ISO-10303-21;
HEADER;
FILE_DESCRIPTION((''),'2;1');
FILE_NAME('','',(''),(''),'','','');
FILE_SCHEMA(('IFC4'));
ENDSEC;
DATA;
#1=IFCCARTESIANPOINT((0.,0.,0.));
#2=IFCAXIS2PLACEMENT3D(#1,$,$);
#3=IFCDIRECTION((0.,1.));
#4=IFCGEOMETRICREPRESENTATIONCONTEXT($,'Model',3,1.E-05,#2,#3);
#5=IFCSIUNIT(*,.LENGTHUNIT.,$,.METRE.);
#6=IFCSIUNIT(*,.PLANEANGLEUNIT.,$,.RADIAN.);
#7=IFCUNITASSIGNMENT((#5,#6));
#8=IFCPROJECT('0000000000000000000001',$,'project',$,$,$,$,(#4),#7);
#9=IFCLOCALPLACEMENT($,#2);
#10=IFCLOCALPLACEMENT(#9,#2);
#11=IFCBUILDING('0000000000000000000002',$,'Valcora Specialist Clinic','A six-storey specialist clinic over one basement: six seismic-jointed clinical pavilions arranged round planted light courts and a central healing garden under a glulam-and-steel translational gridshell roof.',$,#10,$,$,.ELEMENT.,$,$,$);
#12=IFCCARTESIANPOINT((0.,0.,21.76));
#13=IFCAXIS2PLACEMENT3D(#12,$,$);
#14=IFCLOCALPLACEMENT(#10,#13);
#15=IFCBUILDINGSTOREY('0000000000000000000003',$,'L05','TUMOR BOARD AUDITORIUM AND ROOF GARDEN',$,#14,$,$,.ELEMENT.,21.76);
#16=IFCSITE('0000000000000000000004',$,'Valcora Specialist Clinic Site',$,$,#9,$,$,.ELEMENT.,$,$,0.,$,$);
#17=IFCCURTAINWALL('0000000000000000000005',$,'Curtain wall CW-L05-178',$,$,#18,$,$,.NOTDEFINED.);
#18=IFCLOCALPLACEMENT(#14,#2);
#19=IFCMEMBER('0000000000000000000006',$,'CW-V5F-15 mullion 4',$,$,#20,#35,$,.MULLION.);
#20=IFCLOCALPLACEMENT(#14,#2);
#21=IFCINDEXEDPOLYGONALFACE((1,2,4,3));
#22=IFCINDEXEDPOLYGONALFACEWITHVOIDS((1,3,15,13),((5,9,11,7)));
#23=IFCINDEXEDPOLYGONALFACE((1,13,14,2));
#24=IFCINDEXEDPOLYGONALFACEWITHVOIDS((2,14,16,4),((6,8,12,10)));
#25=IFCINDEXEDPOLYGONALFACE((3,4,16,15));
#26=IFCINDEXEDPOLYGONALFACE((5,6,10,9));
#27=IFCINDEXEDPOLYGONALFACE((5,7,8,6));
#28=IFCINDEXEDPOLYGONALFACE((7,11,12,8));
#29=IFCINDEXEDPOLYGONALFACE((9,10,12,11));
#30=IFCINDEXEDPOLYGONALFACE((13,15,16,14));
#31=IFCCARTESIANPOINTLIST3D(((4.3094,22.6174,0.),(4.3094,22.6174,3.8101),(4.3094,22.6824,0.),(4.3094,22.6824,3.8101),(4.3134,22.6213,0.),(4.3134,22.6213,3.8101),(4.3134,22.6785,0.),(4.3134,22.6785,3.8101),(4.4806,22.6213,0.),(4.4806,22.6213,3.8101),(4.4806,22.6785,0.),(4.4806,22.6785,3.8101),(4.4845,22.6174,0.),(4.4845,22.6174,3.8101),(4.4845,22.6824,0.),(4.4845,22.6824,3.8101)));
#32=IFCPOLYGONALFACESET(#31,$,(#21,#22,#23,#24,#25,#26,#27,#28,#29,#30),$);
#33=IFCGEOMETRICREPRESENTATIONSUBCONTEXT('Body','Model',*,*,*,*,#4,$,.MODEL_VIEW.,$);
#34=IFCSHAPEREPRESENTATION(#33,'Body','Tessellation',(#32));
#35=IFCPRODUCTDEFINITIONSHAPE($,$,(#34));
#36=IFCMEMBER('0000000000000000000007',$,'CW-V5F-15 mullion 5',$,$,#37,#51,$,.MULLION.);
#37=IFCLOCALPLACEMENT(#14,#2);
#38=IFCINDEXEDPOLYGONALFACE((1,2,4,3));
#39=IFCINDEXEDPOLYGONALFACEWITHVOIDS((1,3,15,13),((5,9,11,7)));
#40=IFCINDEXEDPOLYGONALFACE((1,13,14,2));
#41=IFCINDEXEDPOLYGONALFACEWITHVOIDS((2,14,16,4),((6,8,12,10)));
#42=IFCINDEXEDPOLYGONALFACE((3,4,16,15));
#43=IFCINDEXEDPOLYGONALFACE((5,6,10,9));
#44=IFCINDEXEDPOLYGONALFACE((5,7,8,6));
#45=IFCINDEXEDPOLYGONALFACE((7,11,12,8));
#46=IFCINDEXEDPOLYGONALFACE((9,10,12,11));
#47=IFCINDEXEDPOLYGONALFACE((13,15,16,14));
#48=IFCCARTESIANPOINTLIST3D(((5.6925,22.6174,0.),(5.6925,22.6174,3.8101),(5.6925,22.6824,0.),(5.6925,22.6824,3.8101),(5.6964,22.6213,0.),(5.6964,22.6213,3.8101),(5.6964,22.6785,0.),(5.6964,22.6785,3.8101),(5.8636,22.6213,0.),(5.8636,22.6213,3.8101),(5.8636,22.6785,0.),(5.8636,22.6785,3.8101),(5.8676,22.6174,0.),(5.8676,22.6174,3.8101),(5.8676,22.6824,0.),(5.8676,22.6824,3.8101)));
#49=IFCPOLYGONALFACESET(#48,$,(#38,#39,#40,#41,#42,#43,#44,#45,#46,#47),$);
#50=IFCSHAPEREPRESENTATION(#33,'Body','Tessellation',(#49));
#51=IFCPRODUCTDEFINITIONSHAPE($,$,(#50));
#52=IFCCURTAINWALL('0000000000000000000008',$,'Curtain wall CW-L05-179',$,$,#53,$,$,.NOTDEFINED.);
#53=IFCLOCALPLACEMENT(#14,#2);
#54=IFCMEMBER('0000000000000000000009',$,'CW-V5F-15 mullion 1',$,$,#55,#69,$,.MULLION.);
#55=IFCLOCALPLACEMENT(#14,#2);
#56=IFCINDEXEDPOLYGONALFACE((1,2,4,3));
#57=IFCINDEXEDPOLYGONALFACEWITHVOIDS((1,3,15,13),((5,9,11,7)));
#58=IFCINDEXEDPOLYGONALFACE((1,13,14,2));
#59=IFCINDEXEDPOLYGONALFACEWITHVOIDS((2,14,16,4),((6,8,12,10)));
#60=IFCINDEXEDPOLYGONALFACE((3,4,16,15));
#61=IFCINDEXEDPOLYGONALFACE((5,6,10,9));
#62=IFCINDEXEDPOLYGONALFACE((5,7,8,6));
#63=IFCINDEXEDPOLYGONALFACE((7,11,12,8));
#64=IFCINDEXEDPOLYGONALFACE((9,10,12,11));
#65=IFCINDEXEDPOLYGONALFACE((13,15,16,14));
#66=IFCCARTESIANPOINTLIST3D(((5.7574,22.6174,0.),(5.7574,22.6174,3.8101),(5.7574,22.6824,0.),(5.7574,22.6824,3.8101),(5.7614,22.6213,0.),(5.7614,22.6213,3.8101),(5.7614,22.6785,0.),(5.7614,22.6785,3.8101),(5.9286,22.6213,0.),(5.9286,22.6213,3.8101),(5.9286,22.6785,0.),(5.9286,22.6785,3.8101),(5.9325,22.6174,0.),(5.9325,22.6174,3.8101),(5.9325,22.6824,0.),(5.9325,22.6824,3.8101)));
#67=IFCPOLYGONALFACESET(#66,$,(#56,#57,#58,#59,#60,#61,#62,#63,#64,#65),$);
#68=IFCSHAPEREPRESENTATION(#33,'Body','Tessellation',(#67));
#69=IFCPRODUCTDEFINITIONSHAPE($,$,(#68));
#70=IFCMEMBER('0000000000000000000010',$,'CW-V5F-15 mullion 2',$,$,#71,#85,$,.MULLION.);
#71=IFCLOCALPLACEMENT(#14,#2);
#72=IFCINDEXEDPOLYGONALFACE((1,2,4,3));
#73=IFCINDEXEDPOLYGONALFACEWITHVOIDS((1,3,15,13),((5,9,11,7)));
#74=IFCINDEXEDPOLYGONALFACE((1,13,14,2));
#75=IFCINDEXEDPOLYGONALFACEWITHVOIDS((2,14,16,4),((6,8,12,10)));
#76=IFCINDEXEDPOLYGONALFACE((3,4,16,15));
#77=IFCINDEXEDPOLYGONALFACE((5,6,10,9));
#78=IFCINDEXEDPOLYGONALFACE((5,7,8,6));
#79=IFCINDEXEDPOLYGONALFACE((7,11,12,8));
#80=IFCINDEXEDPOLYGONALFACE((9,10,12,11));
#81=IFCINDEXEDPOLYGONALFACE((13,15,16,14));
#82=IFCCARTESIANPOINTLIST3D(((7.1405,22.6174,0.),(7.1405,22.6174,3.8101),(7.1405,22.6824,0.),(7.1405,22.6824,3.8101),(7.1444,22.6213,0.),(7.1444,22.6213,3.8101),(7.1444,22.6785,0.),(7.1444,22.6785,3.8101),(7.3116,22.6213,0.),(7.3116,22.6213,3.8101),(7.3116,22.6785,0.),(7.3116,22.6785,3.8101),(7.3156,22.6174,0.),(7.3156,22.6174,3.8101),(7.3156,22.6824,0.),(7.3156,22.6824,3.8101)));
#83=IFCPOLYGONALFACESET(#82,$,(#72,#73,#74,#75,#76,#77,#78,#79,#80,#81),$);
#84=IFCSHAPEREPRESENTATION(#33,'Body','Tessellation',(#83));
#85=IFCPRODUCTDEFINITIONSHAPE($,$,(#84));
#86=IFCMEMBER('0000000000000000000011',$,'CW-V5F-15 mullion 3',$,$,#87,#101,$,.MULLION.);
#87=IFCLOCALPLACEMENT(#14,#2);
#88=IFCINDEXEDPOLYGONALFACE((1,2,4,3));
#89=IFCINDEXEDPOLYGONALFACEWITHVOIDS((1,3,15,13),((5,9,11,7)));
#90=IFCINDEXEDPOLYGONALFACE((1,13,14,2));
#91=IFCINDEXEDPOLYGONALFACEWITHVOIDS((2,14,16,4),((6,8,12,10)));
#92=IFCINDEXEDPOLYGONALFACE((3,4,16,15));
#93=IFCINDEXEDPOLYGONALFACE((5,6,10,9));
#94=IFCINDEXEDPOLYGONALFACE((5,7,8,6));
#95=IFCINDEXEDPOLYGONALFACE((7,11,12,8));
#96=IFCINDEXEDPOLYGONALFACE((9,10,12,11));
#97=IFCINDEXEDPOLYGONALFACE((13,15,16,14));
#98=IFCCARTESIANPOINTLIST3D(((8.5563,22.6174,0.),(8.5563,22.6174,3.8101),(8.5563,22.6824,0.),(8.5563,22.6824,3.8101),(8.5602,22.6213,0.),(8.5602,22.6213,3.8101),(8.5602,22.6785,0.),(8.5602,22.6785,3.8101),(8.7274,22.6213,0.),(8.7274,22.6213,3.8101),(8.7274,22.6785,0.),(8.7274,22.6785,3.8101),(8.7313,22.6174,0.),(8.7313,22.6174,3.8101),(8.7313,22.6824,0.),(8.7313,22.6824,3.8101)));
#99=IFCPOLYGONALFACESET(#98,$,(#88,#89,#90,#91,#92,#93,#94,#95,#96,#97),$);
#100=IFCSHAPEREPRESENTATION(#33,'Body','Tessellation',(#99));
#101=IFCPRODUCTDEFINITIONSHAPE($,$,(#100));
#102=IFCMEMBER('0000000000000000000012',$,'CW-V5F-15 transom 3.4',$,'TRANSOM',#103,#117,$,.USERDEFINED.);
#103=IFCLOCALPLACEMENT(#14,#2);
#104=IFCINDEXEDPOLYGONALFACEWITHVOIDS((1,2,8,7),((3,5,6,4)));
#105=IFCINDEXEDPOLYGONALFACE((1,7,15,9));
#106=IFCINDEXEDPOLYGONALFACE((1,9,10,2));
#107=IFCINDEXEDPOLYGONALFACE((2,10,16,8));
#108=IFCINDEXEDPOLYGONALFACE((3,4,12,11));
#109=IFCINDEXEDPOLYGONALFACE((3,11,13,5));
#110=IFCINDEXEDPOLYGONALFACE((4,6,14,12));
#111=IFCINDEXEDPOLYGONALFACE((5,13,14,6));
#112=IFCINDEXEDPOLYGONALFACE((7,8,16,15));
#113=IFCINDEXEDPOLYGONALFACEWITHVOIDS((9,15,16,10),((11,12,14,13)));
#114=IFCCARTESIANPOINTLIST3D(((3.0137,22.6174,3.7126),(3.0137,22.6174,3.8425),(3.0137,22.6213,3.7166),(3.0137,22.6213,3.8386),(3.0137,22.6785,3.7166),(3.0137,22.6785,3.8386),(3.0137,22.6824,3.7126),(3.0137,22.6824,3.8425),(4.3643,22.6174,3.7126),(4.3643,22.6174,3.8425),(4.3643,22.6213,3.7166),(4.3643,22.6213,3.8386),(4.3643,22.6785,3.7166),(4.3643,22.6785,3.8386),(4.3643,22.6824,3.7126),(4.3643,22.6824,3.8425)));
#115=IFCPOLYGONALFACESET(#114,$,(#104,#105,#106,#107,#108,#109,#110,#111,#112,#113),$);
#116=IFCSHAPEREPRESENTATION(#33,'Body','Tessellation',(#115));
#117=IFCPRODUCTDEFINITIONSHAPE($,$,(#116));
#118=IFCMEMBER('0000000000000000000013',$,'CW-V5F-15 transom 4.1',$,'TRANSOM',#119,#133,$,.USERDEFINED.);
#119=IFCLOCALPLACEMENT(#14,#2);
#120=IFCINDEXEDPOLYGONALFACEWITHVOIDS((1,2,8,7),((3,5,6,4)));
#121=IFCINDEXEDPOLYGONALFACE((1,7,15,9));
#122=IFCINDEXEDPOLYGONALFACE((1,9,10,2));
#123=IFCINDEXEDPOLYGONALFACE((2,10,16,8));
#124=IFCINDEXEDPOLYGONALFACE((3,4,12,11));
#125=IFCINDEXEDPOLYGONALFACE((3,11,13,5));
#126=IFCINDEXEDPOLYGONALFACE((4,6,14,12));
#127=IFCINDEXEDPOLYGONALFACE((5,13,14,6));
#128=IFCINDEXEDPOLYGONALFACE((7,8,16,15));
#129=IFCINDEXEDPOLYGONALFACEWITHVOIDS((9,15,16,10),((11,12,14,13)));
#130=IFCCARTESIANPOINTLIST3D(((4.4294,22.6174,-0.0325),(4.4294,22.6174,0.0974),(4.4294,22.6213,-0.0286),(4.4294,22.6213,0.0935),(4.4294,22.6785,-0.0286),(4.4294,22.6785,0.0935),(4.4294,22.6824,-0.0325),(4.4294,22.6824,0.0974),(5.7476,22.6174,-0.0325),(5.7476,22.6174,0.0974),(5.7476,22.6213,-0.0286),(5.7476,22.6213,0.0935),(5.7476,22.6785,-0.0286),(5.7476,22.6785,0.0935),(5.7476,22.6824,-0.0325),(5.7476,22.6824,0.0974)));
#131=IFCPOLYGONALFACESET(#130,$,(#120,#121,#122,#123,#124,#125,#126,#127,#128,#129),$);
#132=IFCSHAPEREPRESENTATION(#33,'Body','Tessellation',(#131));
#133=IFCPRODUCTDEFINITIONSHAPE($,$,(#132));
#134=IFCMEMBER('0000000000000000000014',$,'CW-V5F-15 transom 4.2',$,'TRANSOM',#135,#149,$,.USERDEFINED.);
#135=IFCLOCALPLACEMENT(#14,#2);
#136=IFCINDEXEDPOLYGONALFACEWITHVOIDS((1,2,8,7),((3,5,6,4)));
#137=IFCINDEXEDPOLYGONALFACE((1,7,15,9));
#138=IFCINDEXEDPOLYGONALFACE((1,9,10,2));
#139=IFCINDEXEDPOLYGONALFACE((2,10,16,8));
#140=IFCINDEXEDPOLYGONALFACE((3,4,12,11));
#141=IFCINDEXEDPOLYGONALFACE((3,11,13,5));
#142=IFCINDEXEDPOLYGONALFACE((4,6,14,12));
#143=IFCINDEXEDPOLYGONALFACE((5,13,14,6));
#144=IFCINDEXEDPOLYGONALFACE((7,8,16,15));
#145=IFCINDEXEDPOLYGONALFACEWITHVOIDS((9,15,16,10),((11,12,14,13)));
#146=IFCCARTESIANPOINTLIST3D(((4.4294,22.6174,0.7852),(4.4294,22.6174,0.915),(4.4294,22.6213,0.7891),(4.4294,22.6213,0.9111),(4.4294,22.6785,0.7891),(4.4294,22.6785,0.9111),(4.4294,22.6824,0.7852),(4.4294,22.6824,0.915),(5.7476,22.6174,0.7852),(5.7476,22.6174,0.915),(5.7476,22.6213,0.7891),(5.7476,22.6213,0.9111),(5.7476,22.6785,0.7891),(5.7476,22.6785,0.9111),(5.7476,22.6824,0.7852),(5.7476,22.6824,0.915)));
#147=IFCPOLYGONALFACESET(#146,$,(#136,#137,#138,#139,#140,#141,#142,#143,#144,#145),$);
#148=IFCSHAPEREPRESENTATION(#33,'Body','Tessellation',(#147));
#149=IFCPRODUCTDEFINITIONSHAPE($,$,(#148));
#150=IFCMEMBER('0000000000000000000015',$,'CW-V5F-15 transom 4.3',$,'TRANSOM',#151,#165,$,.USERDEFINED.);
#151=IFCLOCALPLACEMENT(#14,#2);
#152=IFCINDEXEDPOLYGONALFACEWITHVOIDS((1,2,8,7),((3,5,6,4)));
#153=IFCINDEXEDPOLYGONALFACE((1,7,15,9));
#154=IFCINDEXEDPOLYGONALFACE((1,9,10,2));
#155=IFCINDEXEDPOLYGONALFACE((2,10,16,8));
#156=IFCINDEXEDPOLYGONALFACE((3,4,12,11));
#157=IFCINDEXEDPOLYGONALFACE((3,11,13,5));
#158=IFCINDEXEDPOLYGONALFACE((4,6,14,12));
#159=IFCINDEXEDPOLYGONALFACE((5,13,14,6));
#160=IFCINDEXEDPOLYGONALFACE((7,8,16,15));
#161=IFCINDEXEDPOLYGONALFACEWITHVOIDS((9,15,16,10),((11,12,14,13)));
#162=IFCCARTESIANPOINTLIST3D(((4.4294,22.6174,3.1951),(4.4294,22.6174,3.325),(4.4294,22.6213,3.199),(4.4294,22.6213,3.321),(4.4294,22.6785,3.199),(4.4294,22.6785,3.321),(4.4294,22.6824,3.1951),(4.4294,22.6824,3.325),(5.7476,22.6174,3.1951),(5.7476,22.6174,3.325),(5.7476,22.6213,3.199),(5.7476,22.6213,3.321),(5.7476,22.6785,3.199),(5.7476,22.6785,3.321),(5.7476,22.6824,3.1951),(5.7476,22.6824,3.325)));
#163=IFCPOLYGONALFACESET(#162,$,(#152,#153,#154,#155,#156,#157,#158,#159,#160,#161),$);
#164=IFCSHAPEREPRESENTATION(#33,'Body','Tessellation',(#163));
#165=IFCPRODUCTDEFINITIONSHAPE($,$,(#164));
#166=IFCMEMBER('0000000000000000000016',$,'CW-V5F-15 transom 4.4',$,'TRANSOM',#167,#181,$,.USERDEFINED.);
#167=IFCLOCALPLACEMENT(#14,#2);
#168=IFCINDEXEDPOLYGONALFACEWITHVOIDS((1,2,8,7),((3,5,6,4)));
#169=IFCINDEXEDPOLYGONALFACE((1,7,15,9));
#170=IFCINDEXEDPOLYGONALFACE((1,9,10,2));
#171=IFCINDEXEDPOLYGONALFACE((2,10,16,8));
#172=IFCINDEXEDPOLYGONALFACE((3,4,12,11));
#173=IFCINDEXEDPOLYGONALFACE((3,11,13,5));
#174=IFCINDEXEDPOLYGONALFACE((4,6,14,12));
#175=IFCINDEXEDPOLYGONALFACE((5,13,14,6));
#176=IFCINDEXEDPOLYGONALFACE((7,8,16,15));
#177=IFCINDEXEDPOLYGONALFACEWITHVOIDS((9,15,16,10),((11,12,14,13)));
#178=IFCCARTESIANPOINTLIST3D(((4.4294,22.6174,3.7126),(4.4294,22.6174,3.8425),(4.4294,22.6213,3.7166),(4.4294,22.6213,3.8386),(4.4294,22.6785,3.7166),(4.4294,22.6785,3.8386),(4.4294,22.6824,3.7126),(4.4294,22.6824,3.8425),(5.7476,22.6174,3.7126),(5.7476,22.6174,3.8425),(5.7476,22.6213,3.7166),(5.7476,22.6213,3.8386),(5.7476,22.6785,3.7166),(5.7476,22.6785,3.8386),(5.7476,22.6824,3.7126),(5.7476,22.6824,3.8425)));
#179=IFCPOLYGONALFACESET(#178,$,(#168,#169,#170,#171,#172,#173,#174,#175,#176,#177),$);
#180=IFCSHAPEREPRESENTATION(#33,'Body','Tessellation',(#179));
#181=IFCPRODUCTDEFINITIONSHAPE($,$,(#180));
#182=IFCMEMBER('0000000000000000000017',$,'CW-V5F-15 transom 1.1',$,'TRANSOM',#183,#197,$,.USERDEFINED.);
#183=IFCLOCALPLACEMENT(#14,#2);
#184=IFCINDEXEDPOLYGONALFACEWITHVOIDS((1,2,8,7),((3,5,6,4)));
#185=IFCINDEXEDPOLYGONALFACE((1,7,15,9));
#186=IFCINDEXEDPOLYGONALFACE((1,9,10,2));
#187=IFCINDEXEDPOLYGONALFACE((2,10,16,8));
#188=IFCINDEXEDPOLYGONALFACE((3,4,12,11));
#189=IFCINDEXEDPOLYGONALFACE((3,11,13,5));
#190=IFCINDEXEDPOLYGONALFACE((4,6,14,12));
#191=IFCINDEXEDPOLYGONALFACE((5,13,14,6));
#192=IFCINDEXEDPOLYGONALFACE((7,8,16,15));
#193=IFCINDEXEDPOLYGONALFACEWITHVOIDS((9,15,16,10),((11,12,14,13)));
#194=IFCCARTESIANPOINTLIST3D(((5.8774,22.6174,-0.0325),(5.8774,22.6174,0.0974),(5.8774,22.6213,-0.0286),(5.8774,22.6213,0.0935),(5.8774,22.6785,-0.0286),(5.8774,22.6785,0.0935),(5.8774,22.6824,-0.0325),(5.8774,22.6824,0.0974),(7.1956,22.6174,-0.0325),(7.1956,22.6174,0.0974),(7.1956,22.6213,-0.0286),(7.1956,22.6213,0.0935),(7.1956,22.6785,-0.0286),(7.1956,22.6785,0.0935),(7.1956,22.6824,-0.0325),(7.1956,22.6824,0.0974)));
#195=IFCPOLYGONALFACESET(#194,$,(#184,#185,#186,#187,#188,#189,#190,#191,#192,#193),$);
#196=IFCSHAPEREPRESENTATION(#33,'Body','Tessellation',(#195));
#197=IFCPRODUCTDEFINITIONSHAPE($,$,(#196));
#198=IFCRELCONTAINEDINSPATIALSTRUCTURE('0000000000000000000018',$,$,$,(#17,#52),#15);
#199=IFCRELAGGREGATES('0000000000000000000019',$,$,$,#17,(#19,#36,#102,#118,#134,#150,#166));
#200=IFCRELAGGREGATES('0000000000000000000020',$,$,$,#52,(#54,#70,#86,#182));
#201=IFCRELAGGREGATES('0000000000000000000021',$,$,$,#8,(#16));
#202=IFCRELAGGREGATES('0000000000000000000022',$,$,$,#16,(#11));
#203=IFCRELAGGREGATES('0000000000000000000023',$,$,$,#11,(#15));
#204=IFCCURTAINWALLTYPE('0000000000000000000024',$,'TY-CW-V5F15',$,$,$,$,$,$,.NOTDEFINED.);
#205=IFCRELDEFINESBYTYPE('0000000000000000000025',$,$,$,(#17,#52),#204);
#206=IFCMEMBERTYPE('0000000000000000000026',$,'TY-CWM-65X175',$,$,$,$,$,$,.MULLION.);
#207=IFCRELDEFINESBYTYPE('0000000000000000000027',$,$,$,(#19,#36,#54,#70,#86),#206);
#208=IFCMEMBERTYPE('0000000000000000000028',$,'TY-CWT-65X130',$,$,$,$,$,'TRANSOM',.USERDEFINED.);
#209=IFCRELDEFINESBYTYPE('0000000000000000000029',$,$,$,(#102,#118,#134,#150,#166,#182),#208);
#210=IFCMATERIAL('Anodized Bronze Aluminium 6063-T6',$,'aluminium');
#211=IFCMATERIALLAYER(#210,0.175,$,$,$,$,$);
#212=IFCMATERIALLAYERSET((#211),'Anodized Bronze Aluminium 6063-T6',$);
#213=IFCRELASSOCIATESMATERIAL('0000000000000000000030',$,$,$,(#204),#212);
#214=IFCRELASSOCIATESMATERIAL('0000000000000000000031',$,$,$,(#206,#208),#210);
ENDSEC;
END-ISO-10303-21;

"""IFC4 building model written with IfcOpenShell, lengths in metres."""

from ifc_helpers import new_model, si_unit, direction, frame, origin, origin_2d, place, context, subcontext, project, spatial, hollow_rectangle, extrude, material, layer, layer_set, material_profile, profile_set, type_object, element, aggregate, save


model = new_model("IFC4")

# Units and contexts
model_context = context("Model", 3, precision=1e-05, world=origin(), true_north=direction((0.0, 1.0)))
body_context = subcontext(model_context, "Body", "Model", "MODEL_VIEW")
ifc_project = project(units=[si_unit("LENGTHUNIT", "METRE"), si_unit("PLANEANGLEUNIT", "RADIAN")], contexts=[model_context])

# Site, building, storey
site_placement = place(None, origin())
site = spatial("IfcSite", under=ifc_project, at=site_placement, Name="Valcora Specialist Clinic Site", CompositionType="ELEMENT", RefElevation=0.0)
building_placement = place(site_placement, origin())
building = spatial("IfcBuilding", under=site, at=building_placement, Name="Valcora Specialist Clinic", Description="A six-storey specialist clinic over one basement: six seismic-jointed clinical pavilions arranged round planted light courts and a central healing garden under a glulam-and-steel translational gridshell roof.", CompositionType="ELEMENT")
storey_placement = place(building_placement, frame((0.0, 0.0, 21.76)))
storey = spatial("IfcBuildingStorey", under=building, at=storey_placement, Name="L05", Description="TUMOR BOARD AUDITORIUM AND ROOF GARDEN", CompositionType="ELEMENT", Elevation=21.76)

# Curtain walls, members
ifc_material_1 = material(Name="Anodized Bronze Aluminium 6063-T6", Category="aluminium")
ifc_layer_1 = layer(ifc_material_1, 0.175)
ifc_layer_set_1 = layer_set([ifc_layer_1], Name="Anodized Bronze Aluminium 6063-T6")
curtain_wall_type = type_object("IfcCurtainWallType", Name="TY-CW-V5F15", PredefinedType="NOTDEFINED", material=ifc_layer_set_1)
curtain_wall_1_placement = place(storey_placement, origin())
curtain_wall_1 = element("IfcCurtainWall", 1, at=curtain_wall_1_placement, inside=storey, type_object=curtain_wall_type, Name="Curtain wall CW-L05-178", PredefinedType="NOTDEFINED")
ifc_material_profile_1 = material_profile(ifc_material_1, hollow_rectangle(XDim=0.0649, YDim=0.175, WallThickness=0.0039, at=origin_2d()), Name="AL-MUL-65X175")
ifc_profile_set_1 = profile_set([ifc_material_profile_1], Name="Anodized Bronze Aluminium 6063-T6")
member_type_1 = type_object("IfcMemberType", Name="TY-CWM-65X175", PredefinedType="MULLION", material=ifc_profile_set_1)
member_1_placement = place(storey_placement, frame((4.397, 22.6499, 0.0), z_axis=(0.0, 0.0, 1.0), x_axis=(0.0, 1.0, 0.0)))
member_1 = element("IfcMember", 2, at=member_1_placement, type_object=member_type_1, Name="CW-V5F-15 mullion 4", PredefinedType="MULLION", context=body_context, shape_type="SweptSolid", body=[
    extrude(hollow_rectangle(XDim=0.0649, YDim=0.175, WallThickness=0.0039, at=origin_2d()), origin(), (0.0, 0.0, 1.0), 3.8101),
])
member_2_placement = place(storey_placement, frame((5.78, 22.6499, 0.0), z_axis=(0.0, 0.0, 1.0), x_axis=(0.0, 1.0, 0.0)))
member_2 = element("IfcMember", 3, at=member_2_placement, type_object=member_type_1, Name="CW-V5F-15 mullion 5", PredefinedType="MULLION", context=body_context, shape_type="SweptSolid", body=[
    extrude(hollow_rectangle(XDim=0.0649, YDim=0.175, WallThickness=0.0039, at=origin_2d()), origin(), (0.0, 0.0, 1.0), 3.8101),
])
curtain_wall_2_placement = place(storey_placement, origin())
curtain_wall_2 = element("IfcCurtainWall", 4, at=curtain_wall_2_placement, inside=storey, type_object=curtain_wall_type, Name="Curtain wall CW-L05-179", PredefinedType="NOTDEFINED")
member_3_placement = place(storey_placement, frame((5.845, 22.6499, 0.0), z_axis=(0.0, 0.0, 1.0), x_axis=(0.0, 1.0, 0.0)))
member_3 = element("IfcMember", 5, at=member_3_placement, type_object=member_type_1, Name="CW-V5F-15 mullion 1", PredefinedType="MULLION", context=body_context, shape_type="SweptSolid", body=[
    extrude(hollow_rectangle(XDim=0.0649, YDim=0.175, WallThickness=0.0039, at=origin_2d()), origin(), (0.0, 0.0, 1.0), 3.8101),
])
member_4_placement = place(storey_placement, frame((7.228, 22.6499, 0.0), z_axis=(0.0, 0.0, 1.0), x_axis=(0.0, 1.0, 0.0)))
member_4 = element("IfcMember", 6, at=member_4_placement, type_object=member_type_1, Name="CW-V5F-15 mullion 2", PredefinedType="MULLION", context=body_context, shape_type="SweptSolid", body=[
    extrude(hollow_rectangle(XDim=0.0649, YDim=0.175, WallThickness=0.0039, at=origin_2d()), origin(), (0.0, 0.0, 1.0), 3.8101),
])
member_5_placement = place(storey_placement, frame((8.6438, 22.6499, 0.0), z_axis=(0.0, 0.0, 1.0), x_axis=(0.0, 1.0, 0.0)))
member_5 = element("IfcMember", 7, at=member_5_placement, type_object=member_type_1, Name="CW-V5F-15 mullion 3", PredefinedType="MULLION", context=body_context, shape_type="SweptSolid", body=[
    extrude(hollow_rectangle(XDim=0.0649, YDim=0.175, WallThickness=0.0039, at=origin_2d()), origin(), (0.0, 0.0, 1.0), 3.8101),
])

# Members
ifc_material_profile_2 = material_profile(ifc_material_1, hollow_rectangle(XDim=0.0649, YDim=0.1299, WallThickness=0.0039, at=origin_2d()), Name="AL-TRN-65X130")
ifc_profile_set_2 = profile_set([ifc_material_profile_2], Name="Anodized Bronze Aluminium 6063-T6")
member_type_2 = type_object("IfcMemberType", Name="TY-CWT-65X130", ElementType="TRANSOM", PredefinedType="USERDEFINED", material=ifc_profile_set_2)
member_6_placement = place(storey_placement, frame((3.0137, 22.6499, 3.7776), z_axis=(1.0, 0.0, 0.0), x_axis=(0.0, 1.0, 0.0)))
member_6 = element("IfcMember", 8, at=member_6_placement, type_object=member_type_2, Name="CW-V5F-15 transom 3.4", ObjectType="TRANSOM", PredefinedType="USERDEFINED", context=body_context, shape_type="SweptSolid", body=[
    extrude(hollow_rectangle(XDim=0.0649, YDim=0.1299, WallThickness=0.0039, at=origin_2d()), origin(), (0.0, 0.0, 1.0), 1.3506),
])
member_7_placement = place(storey_placement, frame((4.4294, 22.6499, 0.0325), z_axis=(1.0, 0.0, 0.0), x_axis=(0.0, 1.0, 0.0)))
member_7 = element("IfcMember", 9, at=member_7_placement, type_object=member_type_2, Name="CW-V5F-15 transom 4.1", ObjectType="TRANSOM", PredefinedType="USERDEFINED", context=body_context, shape_type="SweptSolid", body=[
    extrude(hollow_rectangle(XDim=0.0649, YDim=0.1299, WallThickness=0.0039, at=origin_2d()), origin(), (0.0, 0.0, 1.0), 1.3181),
])
member_8_placement = place(storey_placement, frame((4.4294, 22.6499, 0.8501), z_axis=(1.0, 0.0, 0.0), x_axis=(0.0, 1.0, 0.0)))
member_8 = element("IfcMember", 10, at=member_8_placement, type_object=member_type_2, Name="CW-V5F-15 transom 4.2", ObjectType="TRANSOM", PredefinedType="USERDEFINED", context=body_context, shape_type="SweptSolid", body=[
    extrude(hollow_rectangle(XDim=0.0649, YDim=0.1299, WallThickness=0.0039, at=origin_2d()), origin(), (0.0, 0.0, 1.0), 1.3181),
])
member_9_placement = place(storey_placement, frame((4.4294, 22.6499, 3.26), z_axis=(1.0, 0.0, 0.0), x_axis=(0.0, 1.0, 0.0)))
member_9 = element("IfcMember", 11, at=member_9_placement, type_object=member_type_2, Name="CW-V5F-15 transom 4.3", ObjectType="TRANSOM", PredefinedType="USERDEFINED", context=body_context, shape_type="SweptSolid", body=[
    extrude(hollow_rectangle(XDim=0.0649, YDim=0.1299, WallThickness=0.0039, at=origin_2d()), origin(), (0.0, 0.0, 1.0), 1.3181),
])
member_10_placement = place(storey_placement, frame((4.4294, 22.6499, 3.7776), z_axis=(1.0, 0.0, 0.0), x_axis=(0.0, 1.0, 0.0)))
member_10 = element("IfcMember", 12, at=member_10_placement, type_object=member_type_2, Name="CW-V5F-15 transom 4.4", ObjectType="TRANSOM", PredefinedType="USERDEFINED", context=body_context, shape_type="SweptSolid", body=[
    extrude(hollow_rectangle(XDim=0.0649, YDim=0.1299, WallThickness=0.0039, at=origin_2d()), origin(), (0.0, 0.0, 1.0), 1.3181),
])
member_11_placement = place(storey_placement, frame((5.8774, 22.6499, 0.0325), z_axis=(1.0, 0.0, 0.0), x_axis=(0.0, 1.0, 0.0)))
member_11 = element("IfcMember", 13, at=member_11_placement, type_object=member_type_2, Name="CW-V5F-15 transom 1.1", ObjectType="TRANSOM", PredefinedType="USERDEFINED", context=body_context, shape_type="SweptSolid", body=[
    extrude(hollow_rectangle(XDim=0.0649, YDim=0.1299, WallThickness=0.0039, at=origin_2d()), origin(), (0.0, 0.0, 1.0), 1.3181),
])

aggregate(curtain_wall_1, [member_1, member_2, member_6, member_7, member_8, member_9, member_10])
aggregate(curtain_wall_2, [member_3, member_4, member_5, member_11])

save(model, "model.ifc")
